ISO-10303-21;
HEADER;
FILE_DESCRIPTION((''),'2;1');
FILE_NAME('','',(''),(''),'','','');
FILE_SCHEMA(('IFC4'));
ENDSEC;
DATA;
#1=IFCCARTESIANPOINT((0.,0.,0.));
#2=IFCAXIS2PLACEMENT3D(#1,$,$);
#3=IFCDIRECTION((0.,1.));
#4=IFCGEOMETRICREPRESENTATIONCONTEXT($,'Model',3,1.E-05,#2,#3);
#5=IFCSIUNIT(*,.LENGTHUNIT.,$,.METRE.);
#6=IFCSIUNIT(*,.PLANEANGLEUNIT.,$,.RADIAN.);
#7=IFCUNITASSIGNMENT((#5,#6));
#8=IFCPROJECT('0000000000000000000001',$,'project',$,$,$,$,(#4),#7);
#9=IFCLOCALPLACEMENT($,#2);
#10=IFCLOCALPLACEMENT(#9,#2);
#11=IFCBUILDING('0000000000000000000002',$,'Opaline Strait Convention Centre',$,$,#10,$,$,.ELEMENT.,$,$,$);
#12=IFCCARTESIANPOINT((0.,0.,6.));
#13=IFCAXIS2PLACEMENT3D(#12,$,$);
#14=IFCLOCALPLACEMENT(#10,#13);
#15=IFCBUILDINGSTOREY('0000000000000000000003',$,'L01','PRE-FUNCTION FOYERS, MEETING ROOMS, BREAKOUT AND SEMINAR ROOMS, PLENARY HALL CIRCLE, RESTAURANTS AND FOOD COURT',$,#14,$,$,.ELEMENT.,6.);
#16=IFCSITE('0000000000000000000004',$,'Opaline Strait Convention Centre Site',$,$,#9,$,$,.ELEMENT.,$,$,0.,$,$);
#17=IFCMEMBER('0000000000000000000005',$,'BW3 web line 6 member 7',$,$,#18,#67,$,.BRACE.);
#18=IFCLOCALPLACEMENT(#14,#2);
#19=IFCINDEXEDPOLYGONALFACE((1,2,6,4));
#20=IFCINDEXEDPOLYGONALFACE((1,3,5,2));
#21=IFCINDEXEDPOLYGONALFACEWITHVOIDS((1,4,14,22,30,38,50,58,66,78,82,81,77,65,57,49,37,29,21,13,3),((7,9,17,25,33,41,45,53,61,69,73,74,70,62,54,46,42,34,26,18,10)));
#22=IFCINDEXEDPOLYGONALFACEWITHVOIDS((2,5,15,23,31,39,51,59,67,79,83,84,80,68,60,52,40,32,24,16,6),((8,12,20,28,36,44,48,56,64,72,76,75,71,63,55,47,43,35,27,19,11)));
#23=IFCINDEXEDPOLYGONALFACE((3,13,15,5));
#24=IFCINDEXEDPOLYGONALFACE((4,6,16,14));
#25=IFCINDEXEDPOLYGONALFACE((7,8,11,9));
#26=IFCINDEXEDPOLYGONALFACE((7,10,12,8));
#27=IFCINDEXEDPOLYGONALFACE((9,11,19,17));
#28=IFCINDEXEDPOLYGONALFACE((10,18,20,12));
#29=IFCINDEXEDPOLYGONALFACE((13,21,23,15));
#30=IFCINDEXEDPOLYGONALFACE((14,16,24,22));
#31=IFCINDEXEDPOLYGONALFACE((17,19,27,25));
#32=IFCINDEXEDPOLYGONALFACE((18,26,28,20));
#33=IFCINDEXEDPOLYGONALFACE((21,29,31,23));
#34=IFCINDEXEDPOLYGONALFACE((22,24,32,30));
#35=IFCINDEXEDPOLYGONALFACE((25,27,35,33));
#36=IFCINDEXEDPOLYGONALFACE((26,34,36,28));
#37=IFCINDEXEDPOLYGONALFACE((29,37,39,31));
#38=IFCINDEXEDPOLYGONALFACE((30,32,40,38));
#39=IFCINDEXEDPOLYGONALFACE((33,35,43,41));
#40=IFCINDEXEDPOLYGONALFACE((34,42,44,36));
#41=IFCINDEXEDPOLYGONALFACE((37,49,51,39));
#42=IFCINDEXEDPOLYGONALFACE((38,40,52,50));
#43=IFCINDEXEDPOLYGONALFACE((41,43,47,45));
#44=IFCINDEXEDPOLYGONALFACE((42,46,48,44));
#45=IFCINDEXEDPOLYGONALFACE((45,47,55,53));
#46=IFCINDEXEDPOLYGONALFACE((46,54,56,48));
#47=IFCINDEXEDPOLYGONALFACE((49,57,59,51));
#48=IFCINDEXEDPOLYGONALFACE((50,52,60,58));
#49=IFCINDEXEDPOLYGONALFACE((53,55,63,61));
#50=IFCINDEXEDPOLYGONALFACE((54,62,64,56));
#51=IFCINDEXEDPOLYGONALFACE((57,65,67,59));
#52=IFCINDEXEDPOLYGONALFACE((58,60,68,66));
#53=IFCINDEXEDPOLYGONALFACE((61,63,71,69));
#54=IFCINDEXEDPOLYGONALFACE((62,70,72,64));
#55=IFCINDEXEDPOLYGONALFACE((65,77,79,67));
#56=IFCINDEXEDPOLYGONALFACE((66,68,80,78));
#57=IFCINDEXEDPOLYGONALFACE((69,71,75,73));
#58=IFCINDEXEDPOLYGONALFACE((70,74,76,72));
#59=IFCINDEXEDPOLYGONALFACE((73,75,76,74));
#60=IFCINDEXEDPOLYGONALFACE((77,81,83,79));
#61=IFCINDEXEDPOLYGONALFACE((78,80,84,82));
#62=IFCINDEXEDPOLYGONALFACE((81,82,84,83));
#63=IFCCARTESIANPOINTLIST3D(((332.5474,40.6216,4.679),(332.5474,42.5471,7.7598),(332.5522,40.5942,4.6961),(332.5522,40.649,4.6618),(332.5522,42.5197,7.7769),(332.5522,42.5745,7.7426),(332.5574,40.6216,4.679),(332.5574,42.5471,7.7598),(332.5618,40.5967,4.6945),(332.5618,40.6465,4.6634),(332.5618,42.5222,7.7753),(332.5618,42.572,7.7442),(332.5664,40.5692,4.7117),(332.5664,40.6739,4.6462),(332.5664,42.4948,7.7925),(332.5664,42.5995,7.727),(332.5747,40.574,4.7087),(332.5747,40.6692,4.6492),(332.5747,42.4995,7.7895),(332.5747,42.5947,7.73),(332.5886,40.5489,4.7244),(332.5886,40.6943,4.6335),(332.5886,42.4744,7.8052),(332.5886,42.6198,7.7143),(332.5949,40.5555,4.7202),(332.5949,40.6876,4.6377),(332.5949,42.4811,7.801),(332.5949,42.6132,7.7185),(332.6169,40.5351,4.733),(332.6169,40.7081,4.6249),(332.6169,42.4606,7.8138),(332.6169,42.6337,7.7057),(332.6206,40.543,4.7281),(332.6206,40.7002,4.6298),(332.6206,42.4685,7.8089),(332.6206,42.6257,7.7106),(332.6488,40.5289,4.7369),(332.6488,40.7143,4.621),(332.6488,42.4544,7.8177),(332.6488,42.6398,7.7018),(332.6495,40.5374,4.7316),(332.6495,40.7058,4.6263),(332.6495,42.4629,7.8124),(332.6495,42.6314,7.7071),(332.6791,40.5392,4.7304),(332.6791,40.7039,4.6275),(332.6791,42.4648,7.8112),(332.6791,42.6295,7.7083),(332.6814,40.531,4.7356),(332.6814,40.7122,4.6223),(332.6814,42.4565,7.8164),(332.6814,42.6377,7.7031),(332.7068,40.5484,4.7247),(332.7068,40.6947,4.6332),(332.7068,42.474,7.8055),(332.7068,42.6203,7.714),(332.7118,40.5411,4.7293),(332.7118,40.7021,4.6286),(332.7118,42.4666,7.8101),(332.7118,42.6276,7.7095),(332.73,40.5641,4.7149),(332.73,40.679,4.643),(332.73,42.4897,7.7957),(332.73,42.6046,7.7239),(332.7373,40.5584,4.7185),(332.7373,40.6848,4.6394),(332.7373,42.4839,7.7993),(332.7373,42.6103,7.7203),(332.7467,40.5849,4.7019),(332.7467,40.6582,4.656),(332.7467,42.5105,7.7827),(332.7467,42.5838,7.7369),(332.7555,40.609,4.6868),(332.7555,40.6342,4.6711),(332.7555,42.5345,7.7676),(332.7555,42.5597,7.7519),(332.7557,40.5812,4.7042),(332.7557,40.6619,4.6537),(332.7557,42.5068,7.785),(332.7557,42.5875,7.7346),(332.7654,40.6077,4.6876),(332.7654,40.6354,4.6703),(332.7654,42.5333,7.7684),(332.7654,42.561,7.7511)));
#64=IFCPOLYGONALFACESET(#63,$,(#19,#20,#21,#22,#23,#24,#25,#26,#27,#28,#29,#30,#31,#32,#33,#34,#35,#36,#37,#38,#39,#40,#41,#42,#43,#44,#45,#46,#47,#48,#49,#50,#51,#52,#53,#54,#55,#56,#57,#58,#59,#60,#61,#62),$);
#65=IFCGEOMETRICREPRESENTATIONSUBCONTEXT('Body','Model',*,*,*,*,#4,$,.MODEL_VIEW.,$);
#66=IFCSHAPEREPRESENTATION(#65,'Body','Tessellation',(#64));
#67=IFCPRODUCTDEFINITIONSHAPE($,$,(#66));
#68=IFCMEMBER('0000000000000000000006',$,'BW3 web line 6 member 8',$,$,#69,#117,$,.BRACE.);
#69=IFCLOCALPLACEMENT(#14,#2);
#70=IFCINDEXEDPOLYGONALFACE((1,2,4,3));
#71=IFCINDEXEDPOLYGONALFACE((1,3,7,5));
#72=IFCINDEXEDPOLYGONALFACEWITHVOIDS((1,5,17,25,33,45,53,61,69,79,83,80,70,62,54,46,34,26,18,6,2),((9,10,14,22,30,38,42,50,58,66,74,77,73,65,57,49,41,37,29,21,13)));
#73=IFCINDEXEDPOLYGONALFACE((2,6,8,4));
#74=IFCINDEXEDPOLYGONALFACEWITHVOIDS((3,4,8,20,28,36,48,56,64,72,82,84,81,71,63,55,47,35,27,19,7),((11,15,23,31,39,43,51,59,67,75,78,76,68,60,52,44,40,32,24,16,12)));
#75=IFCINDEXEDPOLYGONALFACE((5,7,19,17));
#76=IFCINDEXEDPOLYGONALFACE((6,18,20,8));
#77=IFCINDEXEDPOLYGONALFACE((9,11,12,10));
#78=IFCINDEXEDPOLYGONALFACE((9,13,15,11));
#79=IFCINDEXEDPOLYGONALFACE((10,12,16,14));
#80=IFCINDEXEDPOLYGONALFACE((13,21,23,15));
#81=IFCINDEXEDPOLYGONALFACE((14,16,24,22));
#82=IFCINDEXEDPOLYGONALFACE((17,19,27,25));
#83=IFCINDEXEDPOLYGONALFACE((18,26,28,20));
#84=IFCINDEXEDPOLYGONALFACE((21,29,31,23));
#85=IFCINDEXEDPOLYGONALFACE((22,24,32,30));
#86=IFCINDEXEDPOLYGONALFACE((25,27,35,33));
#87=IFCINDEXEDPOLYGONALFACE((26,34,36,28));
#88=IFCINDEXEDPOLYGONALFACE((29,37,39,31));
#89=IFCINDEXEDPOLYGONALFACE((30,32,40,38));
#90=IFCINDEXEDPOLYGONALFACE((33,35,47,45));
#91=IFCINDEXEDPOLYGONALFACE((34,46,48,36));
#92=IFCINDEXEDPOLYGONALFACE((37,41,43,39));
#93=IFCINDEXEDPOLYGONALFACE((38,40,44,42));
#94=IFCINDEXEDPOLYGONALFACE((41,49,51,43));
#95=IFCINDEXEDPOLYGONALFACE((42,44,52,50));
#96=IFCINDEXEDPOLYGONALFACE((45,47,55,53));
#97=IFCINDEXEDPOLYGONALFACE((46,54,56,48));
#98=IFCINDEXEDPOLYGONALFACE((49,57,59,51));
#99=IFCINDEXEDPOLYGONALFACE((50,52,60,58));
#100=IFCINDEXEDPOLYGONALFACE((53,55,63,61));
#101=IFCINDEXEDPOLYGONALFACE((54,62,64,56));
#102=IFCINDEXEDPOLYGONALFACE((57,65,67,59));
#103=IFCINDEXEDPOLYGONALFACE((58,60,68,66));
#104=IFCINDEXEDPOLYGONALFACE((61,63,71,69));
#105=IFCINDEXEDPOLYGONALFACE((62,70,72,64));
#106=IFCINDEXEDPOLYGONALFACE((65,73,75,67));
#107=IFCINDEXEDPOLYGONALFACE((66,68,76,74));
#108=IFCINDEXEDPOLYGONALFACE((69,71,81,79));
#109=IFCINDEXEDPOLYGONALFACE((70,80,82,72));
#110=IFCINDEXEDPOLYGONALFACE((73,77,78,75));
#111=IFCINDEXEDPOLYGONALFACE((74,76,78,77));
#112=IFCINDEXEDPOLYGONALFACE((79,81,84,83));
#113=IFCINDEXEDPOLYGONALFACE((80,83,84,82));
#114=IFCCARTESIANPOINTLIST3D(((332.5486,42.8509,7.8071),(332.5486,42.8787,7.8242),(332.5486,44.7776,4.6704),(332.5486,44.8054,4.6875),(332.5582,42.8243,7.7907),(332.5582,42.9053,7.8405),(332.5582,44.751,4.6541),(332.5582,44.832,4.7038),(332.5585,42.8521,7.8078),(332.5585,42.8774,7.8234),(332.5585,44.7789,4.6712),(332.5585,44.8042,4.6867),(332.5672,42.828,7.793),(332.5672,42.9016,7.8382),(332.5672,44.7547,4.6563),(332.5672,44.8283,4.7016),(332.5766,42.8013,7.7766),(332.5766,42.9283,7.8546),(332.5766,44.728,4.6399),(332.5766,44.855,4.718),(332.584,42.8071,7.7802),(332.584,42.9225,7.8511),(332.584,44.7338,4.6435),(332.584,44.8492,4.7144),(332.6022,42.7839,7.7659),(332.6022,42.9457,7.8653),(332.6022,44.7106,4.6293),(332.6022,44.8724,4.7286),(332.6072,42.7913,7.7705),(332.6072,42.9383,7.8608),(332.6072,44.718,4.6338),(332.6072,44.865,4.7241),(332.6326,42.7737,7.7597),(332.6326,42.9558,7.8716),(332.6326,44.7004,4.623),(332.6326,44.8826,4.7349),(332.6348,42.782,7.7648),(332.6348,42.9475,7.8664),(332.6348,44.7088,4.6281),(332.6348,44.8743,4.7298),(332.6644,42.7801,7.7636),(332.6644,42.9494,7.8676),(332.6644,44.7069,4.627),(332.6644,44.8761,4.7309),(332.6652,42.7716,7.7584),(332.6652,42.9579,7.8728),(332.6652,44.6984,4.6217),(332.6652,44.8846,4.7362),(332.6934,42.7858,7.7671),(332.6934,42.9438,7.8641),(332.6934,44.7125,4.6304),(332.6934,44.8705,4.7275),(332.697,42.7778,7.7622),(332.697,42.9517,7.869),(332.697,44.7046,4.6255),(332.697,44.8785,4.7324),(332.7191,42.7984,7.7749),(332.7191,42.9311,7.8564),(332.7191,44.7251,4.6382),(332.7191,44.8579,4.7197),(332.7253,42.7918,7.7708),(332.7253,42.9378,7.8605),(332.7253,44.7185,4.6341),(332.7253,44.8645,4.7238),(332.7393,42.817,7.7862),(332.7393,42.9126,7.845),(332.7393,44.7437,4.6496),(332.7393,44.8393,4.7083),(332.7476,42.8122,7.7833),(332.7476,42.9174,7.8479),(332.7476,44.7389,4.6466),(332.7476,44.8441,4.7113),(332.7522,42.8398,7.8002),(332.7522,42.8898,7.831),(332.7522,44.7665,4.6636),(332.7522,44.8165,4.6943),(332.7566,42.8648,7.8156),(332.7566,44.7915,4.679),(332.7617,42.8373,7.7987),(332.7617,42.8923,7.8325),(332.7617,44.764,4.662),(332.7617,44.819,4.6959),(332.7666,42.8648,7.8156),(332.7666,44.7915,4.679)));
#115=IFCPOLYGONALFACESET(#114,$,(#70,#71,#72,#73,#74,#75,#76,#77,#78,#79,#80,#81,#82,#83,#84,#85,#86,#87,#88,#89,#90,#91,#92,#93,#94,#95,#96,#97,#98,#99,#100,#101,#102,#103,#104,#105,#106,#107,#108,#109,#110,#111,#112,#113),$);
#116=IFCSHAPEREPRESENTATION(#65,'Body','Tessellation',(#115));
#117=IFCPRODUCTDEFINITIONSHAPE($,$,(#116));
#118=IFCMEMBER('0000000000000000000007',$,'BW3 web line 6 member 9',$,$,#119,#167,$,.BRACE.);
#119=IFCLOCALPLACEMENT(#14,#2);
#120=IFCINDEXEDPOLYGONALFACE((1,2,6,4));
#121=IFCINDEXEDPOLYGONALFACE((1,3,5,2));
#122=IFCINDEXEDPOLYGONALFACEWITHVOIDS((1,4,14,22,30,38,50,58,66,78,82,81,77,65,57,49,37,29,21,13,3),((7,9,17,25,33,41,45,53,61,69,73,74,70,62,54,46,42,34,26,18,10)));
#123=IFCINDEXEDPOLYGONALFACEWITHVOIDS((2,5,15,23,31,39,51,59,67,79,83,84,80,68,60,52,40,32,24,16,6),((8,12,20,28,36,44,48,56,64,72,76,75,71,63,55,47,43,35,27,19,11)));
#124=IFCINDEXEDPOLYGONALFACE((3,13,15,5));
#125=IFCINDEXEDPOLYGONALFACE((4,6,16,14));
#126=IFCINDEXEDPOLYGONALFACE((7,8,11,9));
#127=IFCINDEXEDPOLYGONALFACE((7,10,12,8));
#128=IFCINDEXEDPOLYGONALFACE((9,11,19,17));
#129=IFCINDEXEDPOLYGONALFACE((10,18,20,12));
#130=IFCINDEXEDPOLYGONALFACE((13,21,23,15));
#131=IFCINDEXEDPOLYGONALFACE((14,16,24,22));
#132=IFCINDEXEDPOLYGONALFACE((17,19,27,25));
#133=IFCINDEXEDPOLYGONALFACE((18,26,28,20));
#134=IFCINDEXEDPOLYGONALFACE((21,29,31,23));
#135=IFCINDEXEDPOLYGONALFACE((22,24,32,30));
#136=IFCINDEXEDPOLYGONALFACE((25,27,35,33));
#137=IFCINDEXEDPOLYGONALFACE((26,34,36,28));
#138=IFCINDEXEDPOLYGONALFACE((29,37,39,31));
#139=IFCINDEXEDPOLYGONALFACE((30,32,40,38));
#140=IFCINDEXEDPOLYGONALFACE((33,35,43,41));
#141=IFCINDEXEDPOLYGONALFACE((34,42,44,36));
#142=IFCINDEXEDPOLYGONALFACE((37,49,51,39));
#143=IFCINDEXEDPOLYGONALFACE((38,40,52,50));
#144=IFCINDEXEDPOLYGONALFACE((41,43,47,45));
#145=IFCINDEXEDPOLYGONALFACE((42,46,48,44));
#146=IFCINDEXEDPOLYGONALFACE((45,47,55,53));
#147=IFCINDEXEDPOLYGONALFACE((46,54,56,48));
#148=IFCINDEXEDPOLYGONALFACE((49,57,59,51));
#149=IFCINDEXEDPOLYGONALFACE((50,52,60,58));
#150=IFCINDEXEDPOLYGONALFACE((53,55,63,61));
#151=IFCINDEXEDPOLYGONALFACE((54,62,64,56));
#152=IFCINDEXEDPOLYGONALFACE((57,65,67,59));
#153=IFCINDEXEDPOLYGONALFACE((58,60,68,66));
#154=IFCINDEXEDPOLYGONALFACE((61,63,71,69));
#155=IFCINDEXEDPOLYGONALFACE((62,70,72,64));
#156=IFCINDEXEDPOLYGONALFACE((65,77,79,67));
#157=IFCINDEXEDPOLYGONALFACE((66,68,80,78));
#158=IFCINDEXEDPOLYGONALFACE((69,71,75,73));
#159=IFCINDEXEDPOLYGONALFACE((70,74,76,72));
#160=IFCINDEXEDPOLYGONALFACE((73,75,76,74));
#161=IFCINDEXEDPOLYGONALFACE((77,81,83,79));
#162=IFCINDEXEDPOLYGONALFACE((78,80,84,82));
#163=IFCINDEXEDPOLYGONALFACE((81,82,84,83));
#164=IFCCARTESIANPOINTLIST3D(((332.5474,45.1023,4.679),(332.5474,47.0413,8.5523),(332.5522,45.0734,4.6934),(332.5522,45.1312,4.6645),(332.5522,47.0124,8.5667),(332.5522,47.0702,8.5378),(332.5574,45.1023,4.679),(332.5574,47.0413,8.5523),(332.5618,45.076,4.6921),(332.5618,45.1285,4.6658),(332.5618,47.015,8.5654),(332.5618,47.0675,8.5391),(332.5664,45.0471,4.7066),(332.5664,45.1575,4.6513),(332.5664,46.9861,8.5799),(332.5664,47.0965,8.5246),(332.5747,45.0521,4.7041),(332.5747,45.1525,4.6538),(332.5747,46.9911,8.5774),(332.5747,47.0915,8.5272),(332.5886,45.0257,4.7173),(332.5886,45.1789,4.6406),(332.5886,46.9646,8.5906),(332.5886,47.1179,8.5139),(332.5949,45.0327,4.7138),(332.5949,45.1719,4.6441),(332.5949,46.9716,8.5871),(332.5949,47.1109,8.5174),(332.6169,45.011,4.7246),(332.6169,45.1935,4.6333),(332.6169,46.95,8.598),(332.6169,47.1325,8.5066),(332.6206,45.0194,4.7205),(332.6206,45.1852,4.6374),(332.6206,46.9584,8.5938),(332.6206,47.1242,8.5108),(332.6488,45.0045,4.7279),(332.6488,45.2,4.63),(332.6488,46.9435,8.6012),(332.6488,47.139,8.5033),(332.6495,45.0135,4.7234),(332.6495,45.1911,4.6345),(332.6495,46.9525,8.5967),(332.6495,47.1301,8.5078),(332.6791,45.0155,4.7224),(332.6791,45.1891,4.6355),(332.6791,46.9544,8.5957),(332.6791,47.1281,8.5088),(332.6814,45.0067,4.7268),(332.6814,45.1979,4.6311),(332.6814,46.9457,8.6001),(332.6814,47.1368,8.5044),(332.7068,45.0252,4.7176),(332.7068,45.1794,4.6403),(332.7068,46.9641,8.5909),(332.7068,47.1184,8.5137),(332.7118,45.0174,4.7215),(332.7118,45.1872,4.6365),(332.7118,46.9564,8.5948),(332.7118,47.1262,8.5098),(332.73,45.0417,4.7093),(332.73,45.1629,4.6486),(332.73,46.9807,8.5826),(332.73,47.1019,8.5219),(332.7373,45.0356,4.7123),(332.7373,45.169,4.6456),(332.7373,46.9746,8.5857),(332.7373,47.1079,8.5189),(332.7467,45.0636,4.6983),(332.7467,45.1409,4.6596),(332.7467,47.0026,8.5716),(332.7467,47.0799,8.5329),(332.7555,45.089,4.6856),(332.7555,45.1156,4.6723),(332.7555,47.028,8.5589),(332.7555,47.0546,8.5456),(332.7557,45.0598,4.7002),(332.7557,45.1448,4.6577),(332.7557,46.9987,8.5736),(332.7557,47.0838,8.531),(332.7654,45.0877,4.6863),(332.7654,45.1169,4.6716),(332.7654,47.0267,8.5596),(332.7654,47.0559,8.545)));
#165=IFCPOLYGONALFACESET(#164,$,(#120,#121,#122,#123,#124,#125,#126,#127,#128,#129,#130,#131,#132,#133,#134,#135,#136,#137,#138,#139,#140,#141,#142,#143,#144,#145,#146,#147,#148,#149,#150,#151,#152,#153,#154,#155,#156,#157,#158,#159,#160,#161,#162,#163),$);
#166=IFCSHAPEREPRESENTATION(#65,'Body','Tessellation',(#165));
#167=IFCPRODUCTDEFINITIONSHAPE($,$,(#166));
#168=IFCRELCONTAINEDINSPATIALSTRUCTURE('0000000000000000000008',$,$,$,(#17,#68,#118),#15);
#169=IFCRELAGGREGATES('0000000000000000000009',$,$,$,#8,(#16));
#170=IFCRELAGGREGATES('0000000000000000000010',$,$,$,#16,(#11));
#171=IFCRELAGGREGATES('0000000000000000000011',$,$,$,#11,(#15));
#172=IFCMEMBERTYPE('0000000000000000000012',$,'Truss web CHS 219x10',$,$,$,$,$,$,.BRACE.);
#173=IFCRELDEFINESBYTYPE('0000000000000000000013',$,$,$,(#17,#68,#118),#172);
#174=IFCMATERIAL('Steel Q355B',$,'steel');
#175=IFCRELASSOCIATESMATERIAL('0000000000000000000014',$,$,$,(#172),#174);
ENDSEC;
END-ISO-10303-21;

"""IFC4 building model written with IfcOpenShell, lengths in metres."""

from ifc_helpers import new_model, si_unit, direction, frame, origin, origin_2d, place, context, subcontext, project, spatial, hollow_circle, extrude, material, material_profile, profile_set, type_object, element, save


model = new_model("IFC4")

# Units and contexts
model_context = context("Model", 3, precision=1e-05, world=origin(), true_north=direction((0.0, 1.0)))
body_context = subcontext(model_context, "Body", "Model", "MODEL_VIEW")
ifc_project = project(units=[si_unit("LENGTHUNIT", "METRE"), si_unit("PLANEANGLEUNIT", "RADIAN")], contexts=[model_context])

# Site, building, storey
site_placement = place(None, origin())
site = spatial("IfcSite", under=ifc_project, at=site_placement, Name="Opaline Strait Convention Centre Site", CompositionType="ELEMENT", RefElevation=0.0)
building_placement = place(site_placement, origin())
building = spatial("IfcBuilding", under=site, at=building_placement, Name="Opaline Strait Convention Centre", CompositionType="ELEMENT")
storey_placement = place(building_placement, frame((0.0, 0.0, 6.0)))
storey = spatial("IfcBuildingStorey", under=building, at=storey_placement, Name="L01", Description="PRE-FUNCTION FOYERS, MEETING ROOMS, BREAKOUT AND SEMINAR ROOMS, PLENARY HALL CIRCLE, RESTAURANTS AND FOOD COURT", CompositionType="ELEMENT", Elevation=6.0)

# Members
ifc_material_1 = material(Name="Steel Q355B", Category="steel")
ifc_material_profile_1 = material_profile(ifc_material_1, hollow_circle(Radius=0.1096, WallThickness=0.01, at=origin_2d()), Name="CHS 219x10")
ifc_profile_set_1 = profile_set([ifc_material_profile_1], Name="Steel Q355B")
member_type_1 = type_object("IfcMemberType", Name="Truss web CHS 219x10", PredefinedType="BRACE", material=ifc_profile_set_1)
member_1_placement = place(storey_placement, frame((332.657, 40.6216, 4.679), z_axis=(0.0, 0.530005, 0.847995), x_axis=(-1.0, 0.0, 0.0)))
element("IfcMember", 1, at=member_1_placement, inside=storey, type_object=member_type_1, Name="BW3 web line 6 member 7", PredefinedType="BRACE", context=body_context, shape_type="SweptSolid", body=[
    extrude(hollow_circle(Radius=0.1096, WallThickness=0.01, at=origin_2d()), origin(), (0.0, 0.0, 1.0), 3.6331),
])
member_2_placement = place(storey_placement, frame((332.657, 44.7915, 4.679), z_axis=(0.0, -0.523402, 0.852086), x_axis=(1.0, 0.0, 0.0)))
element("IfcMember", 2, at=member_2_placement, inside=storey, type_object=member_type_1, Name="BW3 web line 6 member 8", PredefinedType="BRACE", context=body_context, shape_type="SweptSolid", body=[
    extrude(hollow_circle(Radius=0.1096, WallThickness=0.01, at=origin_2d()), origin(), (0.0, 0.0, 1.0), 3.6812),
])
member_3_placement = place(storey_placement, frame((332.657, 45.1023, 4.679), z_axis=(0.0, 0.447642, 0.894213), x_axis=(-1.0, 0.0, 0.0)))
element("IfcMember", 3, at=member_3_placement, inside=storey, type_object=member_type_1, Name="BW3 web line 6 member 9", PredefinedType="BRACE", context=body_context, shape_type="SweptSolid", body=[
    extrude(hollow_circle(Radius=0.1096, WallThickness=0.01, at=origin_2d()), origin(), (0.0, 0.0, 1.0), 4.3315),
])

save(model, "model.ifc")
